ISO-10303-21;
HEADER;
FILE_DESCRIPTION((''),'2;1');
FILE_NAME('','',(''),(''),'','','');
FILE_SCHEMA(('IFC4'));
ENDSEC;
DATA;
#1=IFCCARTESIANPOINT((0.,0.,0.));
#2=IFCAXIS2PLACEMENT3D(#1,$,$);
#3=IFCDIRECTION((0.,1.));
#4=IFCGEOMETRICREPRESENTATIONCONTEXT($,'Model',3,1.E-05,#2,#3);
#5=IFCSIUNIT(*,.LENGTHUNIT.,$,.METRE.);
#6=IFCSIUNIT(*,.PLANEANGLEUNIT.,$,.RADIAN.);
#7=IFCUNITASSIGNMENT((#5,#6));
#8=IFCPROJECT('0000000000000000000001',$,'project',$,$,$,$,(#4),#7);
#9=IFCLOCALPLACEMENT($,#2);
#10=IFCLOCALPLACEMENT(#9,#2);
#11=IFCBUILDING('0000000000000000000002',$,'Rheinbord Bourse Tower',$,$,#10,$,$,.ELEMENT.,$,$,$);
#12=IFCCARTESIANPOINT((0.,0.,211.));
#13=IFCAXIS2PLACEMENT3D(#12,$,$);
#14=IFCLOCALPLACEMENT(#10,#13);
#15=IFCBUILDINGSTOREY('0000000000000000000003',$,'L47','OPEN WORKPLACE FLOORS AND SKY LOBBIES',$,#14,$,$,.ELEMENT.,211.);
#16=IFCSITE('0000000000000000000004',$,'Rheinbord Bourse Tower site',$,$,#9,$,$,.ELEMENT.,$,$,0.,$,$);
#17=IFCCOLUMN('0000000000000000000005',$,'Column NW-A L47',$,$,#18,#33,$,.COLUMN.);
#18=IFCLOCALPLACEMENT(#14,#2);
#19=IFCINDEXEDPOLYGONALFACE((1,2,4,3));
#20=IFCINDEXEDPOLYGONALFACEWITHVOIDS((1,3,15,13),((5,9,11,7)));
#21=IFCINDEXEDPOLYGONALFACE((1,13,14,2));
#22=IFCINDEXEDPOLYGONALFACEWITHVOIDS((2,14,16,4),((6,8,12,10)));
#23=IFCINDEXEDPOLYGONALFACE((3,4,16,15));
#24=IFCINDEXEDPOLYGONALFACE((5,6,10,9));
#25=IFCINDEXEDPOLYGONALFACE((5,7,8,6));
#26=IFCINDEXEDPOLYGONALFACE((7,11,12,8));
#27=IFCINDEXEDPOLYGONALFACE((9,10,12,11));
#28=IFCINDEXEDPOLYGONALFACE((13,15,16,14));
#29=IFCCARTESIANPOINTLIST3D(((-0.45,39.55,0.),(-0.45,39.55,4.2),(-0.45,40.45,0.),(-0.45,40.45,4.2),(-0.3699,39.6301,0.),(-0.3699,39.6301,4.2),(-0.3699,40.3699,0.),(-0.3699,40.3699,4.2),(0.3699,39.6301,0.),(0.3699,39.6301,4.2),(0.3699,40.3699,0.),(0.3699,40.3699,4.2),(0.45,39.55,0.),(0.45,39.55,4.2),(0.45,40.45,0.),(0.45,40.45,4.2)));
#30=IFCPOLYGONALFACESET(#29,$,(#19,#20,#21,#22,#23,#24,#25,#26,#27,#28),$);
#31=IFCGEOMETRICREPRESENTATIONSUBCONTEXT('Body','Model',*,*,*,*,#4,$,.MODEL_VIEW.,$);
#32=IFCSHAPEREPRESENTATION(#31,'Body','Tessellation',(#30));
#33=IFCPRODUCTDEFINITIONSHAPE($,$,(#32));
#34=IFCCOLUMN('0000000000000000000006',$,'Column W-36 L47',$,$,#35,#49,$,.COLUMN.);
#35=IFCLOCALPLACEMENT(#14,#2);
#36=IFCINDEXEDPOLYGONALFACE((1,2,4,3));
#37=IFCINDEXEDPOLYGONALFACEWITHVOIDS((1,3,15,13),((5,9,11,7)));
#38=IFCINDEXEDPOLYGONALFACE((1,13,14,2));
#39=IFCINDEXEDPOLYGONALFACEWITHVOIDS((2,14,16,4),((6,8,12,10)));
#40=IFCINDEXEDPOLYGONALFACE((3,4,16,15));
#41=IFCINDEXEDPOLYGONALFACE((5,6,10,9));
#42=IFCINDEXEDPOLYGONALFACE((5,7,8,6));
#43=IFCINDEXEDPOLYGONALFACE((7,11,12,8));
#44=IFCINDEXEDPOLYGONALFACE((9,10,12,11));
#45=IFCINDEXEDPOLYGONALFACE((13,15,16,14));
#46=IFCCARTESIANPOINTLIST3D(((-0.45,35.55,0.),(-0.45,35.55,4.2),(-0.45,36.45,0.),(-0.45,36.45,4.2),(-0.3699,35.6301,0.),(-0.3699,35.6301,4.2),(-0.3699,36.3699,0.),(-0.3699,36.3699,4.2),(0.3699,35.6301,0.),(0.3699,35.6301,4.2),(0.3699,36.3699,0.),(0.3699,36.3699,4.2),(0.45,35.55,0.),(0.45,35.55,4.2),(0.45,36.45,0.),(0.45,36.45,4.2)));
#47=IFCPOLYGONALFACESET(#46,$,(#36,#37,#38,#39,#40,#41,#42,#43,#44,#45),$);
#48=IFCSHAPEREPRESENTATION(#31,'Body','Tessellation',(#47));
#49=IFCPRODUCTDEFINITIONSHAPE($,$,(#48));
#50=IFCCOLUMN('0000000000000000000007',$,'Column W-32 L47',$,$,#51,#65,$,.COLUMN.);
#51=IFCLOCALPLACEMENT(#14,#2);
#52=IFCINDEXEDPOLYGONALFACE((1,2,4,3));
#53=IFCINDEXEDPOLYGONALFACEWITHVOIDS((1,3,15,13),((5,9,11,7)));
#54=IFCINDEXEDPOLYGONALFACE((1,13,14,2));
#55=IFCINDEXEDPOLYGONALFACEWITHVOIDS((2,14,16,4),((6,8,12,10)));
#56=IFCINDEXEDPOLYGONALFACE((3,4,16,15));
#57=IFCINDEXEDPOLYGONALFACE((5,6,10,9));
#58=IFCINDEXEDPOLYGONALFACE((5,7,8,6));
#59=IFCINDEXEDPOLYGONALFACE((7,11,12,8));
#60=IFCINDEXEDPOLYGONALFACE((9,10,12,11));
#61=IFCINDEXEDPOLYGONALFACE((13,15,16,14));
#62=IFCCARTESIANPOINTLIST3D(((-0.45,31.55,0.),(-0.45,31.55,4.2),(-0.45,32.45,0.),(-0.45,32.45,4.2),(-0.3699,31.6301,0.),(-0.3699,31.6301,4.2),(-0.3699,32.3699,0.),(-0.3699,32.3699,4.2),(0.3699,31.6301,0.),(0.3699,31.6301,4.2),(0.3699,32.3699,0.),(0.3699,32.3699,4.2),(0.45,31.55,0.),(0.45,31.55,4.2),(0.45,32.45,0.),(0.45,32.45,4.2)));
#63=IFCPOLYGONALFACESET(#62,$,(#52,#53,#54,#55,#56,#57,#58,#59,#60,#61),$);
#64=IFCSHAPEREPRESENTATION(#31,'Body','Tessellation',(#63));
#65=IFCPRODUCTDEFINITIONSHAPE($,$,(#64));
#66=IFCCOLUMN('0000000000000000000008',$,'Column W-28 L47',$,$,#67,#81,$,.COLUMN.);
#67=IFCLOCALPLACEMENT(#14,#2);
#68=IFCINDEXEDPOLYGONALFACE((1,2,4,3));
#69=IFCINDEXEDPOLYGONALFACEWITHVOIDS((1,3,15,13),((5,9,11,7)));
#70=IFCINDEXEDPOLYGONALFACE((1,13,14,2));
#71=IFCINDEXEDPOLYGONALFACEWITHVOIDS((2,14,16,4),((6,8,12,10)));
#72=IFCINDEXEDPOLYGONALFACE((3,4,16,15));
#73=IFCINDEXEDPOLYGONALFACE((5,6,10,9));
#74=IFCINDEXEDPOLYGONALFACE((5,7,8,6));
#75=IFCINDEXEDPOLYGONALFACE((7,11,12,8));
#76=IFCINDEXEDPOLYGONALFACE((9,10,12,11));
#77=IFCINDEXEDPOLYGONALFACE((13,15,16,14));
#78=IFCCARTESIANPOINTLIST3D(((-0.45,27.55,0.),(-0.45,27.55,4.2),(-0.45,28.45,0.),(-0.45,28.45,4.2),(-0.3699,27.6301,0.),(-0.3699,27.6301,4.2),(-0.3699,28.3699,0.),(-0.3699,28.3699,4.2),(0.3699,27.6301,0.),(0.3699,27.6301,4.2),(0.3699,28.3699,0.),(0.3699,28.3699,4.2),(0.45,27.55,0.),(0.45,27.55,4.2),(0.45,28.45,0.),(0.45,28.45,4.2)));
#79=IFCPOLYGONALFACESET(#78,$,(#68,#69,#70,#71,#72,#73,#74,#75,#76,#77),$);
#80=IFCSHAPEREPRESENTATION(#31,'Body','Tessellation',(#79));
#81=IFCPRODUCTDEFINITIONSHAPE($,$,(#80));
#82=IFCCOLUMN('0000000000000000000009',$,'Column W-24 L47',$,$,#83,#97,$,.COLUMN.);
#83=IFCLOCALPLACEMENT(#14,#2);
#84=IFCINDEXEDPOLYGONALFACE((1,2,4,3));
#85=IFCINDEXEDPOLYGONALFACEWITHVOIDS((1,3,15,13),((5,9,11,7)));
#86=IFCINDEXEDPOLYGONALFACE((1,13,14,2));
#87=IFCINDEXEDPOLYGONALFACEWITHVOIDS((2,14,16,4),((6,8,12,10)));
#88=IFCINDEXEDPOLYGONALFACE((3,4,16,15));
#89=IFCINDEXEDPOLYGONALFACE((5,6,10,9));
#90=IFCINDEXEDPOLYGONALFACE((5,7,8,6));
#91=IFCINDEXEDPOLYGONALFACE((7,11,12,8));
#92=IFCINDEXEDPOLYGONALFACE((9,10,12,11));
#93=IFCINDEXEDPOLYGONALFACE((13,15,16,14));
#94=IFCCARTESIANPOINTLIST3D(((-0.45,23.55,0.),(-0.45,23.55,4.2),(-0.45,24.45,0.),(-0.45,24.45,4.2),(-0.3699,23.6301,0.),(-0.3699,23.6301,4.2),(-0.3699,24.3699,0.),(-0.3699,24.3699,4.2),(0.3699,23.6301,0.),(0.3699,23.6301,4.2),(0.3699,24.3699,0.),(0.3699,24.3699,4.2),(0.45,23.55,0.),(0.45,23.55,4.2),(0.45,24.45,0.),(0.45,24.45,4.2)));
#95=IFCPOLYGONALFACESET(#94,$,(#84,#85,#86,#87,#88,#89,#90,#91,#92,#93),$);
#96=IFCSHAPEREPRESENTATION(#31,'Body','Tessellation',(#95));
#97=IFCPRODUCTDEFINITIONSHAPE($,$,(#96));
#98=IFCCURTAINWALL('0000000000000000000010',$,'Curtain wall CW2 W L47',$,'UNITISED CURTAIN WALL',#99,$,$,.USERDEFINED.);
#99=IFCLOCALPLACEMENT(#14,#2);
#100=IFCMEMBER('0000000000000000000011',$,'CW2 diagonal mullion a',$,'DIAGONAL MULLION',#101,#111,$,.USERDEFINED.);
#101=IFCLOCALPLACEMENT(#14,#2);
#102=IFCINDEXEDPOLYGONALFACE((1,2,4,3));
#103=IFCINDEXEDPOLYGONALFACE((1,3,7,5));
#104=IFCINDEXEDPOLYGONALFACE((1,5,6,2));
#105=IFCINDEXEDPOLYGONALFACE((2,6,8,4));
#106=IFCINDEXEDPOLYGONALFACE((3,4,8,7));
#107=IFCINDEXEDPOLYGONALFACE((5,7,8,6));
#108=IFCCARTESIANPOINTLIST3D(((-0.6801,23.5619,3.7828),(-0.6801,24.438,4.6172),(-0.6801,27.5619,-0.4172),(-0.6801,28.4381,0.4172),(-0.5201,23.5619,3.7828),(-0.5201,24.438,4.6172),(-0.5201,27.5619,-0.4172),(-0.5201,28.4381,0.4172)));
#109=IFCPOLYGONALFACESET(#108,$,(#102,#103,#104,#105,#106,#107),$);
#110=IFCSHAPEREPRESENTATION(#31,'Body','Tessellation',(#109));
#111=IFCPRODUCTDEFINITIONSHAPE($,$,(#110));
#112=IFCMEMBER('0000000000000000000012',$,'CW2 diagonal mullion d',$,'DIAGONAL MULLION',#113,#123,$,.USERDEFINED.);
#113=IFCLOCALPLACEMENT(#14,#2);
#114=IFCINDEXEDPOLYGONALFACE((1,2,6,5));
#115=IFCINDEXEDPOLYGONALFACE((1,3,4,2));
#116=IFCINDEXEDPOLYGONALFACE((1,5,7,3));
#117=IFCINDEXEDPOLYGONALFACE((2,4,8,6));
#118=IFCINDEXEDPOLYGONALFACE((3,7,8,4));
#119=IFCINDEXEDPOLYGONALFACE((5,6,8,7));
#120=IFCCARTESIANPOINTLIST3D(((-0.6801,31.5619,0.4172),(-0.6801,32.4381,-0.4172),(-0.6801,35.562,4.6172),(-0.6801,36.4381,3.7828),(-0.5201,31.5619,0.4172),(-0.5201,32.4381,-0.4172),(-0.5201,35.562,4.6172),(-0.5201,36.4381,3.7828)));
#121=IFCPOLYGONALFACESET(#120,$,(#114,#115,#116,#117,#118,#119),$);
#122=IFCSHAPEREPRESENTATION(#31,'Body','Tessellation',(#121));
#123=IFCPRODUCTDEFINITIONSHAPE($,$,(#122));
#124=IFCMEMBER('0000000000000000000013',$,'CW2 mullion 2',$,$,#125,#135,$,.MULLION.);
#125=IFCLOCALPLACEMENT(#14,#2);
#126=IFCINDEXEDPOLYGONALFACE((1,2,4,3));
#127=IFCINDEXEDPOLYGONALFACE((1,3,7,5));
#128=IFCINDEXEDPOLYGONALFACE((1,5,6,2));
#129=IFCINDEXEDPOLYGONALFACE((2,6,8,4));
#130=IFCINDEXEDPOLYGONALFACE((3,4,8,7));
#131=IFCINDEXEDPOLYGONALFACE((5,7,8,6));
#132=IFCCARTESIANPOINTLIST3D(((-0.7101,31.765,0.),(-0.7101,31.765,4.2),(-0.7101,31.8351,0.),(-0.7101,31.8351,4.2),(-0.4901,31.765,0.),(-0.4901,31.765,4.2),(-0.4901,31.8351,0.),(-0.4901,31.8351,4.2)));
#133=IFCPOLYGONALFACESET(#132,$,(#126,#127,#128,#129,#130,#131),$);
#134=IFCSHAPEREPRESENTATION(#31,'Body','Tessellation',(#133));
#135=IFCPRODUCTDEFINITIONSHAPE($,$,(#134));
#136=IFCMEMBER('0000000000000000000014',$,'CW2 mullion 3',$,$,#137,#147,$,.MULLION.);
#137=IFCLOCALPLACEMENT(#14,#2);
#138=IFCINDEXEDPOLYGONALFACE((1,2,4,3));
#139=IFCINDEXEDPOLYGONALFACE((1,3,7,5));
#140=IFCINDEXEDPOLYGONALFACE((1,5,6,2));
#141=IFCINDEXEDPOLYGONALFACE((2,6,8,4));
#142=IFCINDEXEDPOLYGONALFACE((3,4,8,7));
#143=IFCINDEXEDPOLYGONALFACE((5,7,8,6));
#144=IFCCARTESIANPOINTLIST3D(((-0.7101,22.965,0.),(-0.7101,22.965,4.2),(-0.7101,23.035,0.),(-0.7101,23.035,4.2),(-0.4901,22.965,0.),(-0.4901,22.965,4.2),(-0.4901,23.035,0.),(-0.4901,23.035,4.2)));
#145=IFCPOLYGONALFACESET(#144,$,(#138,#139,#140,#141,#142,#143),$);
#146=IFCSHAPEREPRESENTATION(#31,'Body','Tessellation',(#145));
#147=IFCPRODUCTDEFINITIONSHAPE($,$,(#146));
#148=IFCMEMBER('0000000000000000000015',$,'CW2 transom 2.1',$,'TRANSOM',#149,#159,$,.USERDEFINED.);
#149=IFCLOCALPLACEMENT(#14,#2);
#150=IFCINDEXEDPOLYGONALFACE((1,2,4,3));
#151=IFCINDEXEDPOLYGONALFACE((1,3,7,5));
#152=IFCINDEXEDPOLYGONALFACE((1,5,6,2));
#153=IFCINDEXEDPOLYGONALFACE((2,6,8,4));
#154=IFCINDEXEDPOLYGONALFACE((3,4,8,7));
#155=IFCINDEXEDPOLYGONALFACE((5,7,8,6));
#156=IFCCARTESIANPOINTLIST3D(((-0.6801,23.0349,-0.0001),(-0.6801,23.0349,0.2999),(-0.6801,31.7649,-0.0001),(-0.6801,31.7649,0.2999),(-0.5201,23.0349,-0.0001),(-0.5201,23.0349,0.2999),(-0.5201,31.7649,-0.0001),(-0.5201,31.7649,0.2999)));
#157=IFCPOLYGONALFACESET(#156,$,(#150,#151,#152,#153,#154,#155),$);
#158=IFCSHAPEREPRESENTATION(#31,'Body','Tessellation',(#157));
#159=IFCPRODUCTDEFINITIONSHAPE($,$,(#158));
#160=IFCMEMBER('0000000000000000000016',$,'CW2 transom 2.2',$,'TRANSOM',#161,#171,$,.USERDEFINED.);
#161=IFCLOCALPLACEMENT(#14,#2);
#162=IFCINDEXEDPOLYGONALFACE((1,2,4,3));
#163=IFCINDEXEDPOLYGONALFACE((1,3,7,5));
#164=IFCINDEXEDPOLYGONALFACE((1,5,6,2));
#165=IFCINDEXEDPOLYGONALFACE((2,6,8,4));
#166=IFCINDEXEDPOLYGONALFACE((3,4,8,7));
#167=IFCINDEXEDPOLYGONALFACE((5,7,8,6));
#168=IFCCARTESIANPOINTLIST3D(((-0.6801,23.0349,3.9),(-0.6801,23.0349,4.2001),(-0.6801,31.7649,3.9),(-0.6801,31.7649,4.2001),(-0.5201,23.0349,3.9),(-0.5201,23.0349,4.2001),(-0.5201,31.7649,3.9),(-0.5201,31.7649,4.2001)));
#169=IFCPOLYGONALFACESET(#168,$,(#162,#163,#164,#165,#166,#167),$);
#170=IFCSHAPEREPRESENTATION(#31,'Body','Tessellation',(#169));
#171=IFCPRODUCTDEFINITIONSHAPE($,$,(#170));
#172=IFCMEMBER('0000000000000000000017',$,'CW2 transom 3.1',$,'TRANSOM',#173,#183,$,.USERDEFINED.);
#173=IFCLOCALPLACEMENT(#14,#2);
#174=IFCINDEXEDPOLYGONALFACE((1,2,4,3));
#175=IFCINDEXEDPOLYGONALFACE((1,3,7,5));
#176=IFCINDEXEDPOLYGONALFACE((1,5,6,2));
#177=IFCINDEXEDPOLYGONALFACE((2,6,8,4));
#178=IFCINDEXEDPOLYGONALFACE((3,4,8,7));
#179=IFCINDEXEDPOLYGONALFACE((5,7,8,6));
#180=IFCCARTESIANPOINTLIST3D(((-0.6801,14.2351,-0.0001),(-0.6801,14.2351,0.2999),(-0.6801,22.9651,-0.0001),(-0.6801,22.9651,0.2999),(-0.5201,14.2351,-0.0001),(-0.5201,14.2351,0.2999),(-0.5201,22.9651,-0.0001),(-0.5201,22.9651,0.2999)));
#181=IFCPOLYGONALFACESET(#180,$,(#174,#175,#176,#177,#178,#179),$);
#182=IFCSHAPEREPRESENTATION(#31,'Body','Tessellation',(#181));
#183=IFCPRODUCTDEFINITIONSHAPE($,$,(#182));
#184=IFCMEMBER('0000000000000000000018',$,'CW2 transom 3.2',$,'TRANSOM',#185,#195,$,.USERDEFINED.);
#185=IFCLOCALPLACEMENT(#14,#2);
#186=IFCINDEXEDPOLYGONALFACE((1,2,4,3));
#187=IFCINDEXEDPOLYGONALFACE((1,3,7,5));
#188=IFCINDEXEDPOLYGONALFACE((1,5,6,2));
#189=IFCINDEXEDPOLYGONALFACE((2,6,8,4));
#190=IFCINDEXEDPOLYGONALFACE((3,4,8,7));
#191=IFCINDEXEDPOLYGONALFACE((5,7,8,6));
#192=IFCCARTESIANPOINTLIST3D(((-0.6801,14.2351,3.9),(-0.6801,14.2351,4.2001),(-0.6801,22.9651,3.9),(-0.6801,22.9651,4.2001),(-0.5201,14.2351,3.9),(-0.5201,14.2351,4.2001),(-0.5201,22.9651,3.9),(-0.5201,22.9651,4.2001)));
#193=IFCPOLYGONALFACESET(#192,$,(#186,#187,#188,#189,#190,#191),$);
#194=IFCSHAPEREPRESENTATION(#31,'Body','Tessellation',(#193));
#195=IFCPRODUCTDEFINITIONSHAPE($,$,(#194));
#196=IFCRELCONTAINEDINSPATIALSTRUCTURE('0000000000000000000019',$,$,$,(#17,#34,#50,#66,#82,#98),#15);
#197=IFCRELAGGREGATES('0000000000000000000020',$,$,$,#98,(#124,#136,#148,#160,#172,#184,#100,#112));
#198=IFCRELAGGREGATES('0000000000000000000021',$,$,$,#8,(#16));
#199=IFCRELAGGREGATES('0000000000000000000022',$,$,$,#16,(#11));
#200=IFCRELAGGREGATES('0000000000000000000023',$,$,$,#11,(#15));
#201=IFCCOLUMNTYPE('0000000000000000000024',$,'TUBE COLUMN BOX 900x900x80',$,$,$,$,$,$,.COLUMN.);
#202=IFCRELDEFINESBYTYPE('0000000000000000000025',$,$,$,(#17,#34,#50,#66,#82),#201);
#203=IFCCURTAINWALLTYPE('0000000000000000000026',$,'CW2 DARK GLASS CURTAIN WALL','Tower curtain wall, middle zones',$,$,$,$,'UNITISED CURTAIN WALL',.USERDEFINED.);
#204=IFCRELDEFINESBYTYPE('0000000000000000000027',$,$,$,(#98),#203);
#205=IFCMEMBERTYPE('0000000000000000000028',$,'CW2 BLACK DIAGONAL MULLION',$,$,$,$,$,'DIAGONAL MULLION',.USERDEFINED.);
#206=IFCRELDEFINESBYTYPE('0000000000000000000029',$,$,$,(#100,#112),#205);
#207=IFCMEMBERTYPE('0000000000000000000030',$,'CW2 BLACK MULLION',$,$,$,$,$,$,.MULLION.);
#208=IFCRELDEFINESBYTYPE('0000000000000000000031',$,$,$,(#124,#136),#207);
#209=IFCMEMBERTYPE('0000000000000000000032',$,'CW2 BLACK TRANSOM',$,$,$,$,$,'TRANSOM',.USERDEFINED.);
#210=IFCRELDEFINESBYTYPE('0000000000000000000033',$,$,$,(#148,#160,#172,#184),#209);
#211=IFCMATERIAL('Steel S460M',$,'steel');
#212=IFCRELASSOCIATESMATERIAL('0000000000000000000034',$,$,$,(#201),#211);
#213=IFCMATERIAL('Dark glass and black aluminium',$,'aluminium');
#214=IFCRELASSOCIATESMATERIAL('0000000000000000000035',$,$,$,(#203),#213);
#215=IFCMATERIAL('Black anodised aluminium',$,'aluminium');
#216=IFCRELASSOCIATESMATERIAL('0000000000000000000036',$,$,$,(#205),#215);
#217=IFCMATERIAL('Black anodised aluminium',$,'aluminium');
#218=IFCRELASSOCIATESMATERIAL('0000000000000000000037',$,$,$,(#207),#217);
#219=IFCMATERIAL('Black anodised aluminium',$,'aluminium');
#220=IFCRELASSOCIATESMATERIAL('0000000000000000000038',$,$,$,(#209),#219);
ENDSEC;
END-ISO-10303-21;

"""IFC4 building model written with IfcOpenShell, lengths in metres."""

from ifc_helpers import new_model, si_unit, direction, frame, origin, origin_2d, place, context, subcontext, project, spatial, rectangle, hollow_rectangle, extrude, material, material_profile, profile_set, type_object, element, aggregate, save


model = new_model("IFC4")

# Units and contexts
model_context = context("Model", 3, precision=1e-05, world=origin(), true_north=direction((0.0, 1.0)))
body_context = subcontext(model_context, "Body", "Model", "MODEL_VIEW")
ifc_project = project(units=[si_unit("LENGTHUNIT", "METRE"), si_unit("PLANEANGLEUNIT", "RADIAN")], contexts=[model_context])

# Site, building, storey
site_placement = place(None, origin())
site = spatial("IfcSite", under=ifc_project, at=site_placement, Name="Rheinbord Bourse Tower site", CompositionType="ELEMENT", RefElevation=0.0)
building_placement = place(site_placement, origin())
building = spatial("IfcBuilding", under=site, at=building_placement, Name="Rheinbord Bourse Tower", CompositionType="ELEMENT")
storey_placement = place(building_placement, frame((0.0, 0.0, 211.0)))
storey = spatial("IfcBuildingStorey", under=building, at=storey_placement, Name="L47", Description="OPEN WORKPLACE FLOORS AND SKY LOBBIES", CompositionType="ELEMENT", Elevation=211.0)

# Columns
ifc_material_1 = material(Name="Steel S460M", Category="steel")
ifc_material_profile_1 = material_profile(ifc_material_1, hollow_rectangle(XDim=0.8999, YDim=0.8999, WallThickness=0.0801, at=origin_2d()), Name="BOX 900x900x80")
ifc_profile_set_1 = profile_set([ifc_material_profile_1], Name="Steel S460M")
column_type = type_object("IfcColumnType", Name="TUBE COLUMN BOX 900x900x80", PredefinedType="COLUMN", material=ifc_profile_set_1)
for number, where, z_axis, x_axis, name in (
    (1, (0.0, 40.0, 0.0), (0.0, 0.0, 1.0), (1.0, 0.0, 0.0), "Column NW-A L47"),
    (2, (0.0, 36.0, 0.0), (0.0, 0.0, 1.0), (1.0, 0.0, 0.0), "Column W-36 L47"),
    (3, (0.0, 32.0, 0.0), (0.0, 0.0, 1.0), (1.0, 0.0, 0.0), "Column W-32 L47"),
    (4, (0.0, 28.0, 0.0), (0.0, 0.0, 1.0), (1.0, 0.0, 0.0), "Column W-28 L47"),
    (5, (0.0, 24.0, 0.0), (0.0, 0.0, 1.0), (1.0, 0.0, 0.0), "Column W-24 L47"),
):
    element("IfcColumn", number, at=place(storey_placement, frame(where, z_axis=z_axis, x_axis=x_axis)), inside=storey, type_object=column_type, Name=name, PredefinedType="COLUMN", context=body_context, shape_type="SweptSolid", body=[
        extrude(hollow_rectangle(XDim=0.8999, YDim=0.8999, WallThickness=0.0801, at=origin_2d()), origin(), (0.0, 0.0, 1.0), 4.2),
    ])

# Curtain wall, members
ifc_material_2 = material(Name="Dark glass and black aluminium", Category="aluminium")
curtain_wall_type = type_object("IfcCurtainWallType", Name="CW2 DARK GLASS CURTAIN WALL", Description="Tower curtain wall, middle zones", ElementType="UNITISED CURTAIN WALL", PredefinedType="USERDEFINED", material=ifc_material_2)
curtain_wall_placement = place(storey_placement, origin())
curtain_wall = element("IfcCurtainWall", 6, at=curtain_wall_placement, inside=storey, type_object=curtain_wall_type, Name="Curtain wall CW2 W L47", ObjectType="UNITISED CURTAIN WALL", PredefinedType="USERDEFINED")
ifc_material_3 = material(Name="Black anodised aluminium", Category="aluminium")
ifc_material_profile_2 = material_profile(ifc_material_3, rectangle(XDim=0.1599, YDim=1.21, at=origin_2d()), Name="CW2 DIAGONAL MULLION 1210x160")
ifc_profile_set_2 = profile_set([ifc_material_profile_2], Name="Black anodised aluminium")
member_type_1 = type_object("IfcMemberType", Name="CW2 BLACK DIAGONAL MULLION", ElementType="DIAGONAL MULLION", PredefinedType="USERDEFINED", material=ifc_profile_set_2)
member_1_placement = place(storey_placement, frame((-0.6001, 28.0, 0.0), z_axis=(0.0, -0.689659, 0.724134), x_axis=(1.0, 0.0, 0.0)))
member_1 = element("IfcMember", 7, at=member_1_placement, type_object=member_type_1, Name="CW2 diagonal mullion a", ObjectType="DIAGONAL MULLION", PredefinedType="USERDEFINED", context=body_context, shape_type="SweptSolid", body=[
    extrude(rectangle(XDim=0.1599, YDim=1.21, at=origin_2d()), origin(), (0.0, 0.0, 1.0), 5.8),
])
member_2_placement = place(storey_placement, frame((-0.6001, 32.0, 0.0), z_axis=(0.0, 0.689659, 0.724134), x_axis=(-1.0, 0.0, 0.0)))
member_2 = element("IfcMember", 8, at=member_2_placement, type_object=member_type_1, Name="CW2 diagonal mullion d", ObjectType="DIAGONAL MULLION", PredefinedType="USERDEFINED", context=body_context, shape_type="SweptSolid", body=[
    extrude(rectangle(XDim=0.1599, YDim=1.21, at=origin_2d()), origin(), (0.0, 0.0, 1.0), 5.8),
])
ifc_material_4 = material(Name="Black anodised aluminium", Category="aluminium")
ifc_material_profile_3 = material_profile(ifc_material_4, rectangle(XDim=0.22, YDim=0.0701, at=origin_2d()), Name="CW2 MULLION 70x220")
ifc_profile_set_3 = profile_set([ifc_material_profile_3], Name="Black anodised aluminium")
member_type_2 = type_object("IfcMemberType", Name="CW2 BLACK MULLION", PredefinedType="MULLION", material=ifc_profile_set_3)
member_3_placement = place(storey_placement, frame((-0.6001, 31.8, 0.0), z_axis=(0.0, 0.0, 1.0), x_axis=(1.0, 0.0, 0.0)))
member_3 = element("IfcMember", 9, at=member_3_placement, type_object=member_type_2, Name="CW2 mullion 2", PredefinedType="MULLION", context=body_context, shape_type="SweptSolid", body=[
    extrude(rectangle(XDim=0.22, YDim=0.0701, at=origin_2d()), origin(), (0.0, 0.0, 1.0), 4.2),
])
member_4_placement = place(storey_placement, frame((-0.6001, 23.0, 0.0), z_axis=(0.0, 0.0, 1.0), x_axis=(1.0, 0.0, 0.0)))
member_4 = element("IfcMember", 10, at=member_4_placement, type_object=member_type_2, Name="CW2 mullion 3", PredefinedType="MULLION", context=body_context, shape_type="SweptSolid", body=[
    extrude(rectangle(XDim=0.22, YDim=0.0701, at=origin_2d()), origin(), (0.0, 0.0, 1.0), 4.2),
])
ifc_material_5 = material(Name="Black anodised aluminium", Category="aluminium")
ifc_material_profile_4 = material_profile(ifc_material_5, rectangle(XDim=0.1599, YDim=0.3, at=origin_2d()), Name="CW2 TRANSOM 300x160")
ifc_profile_set_4 = profile_set([ifc_material_profile_4], Name="Black anodised aluminium")
member_type_3 = type_object("IfcMemberType", Name="CW2 BLACK TRANSOM", ElementType="TRANSOM", PredefinedType="USERDEFINED", material=ifc_profile_set_4)
member_5_placement = place(storey_placement, frame((-0.6001, 31.7649, 0.1499), z_axis=(0.0, -1.0, 0.0), x_axis=(1.0, 0.0, 0.0)))
member_5 = element("IfcMember", 11, at=member_5_placement, type_object=member_type_3, Name="CW2 transom 2.1", ObjectType="TRANSOM", PredefinedType="USERDEFINED", context=body_context, shape_type="SweptSolid", body=[
    extrude(rectangle(XDim=0.1599, YDim=0.3, at=origin_2d()), origin(), (0.0, 0.0, 1.0), 8.73),
])
member_6_placement = place(storey_placement, frame((-0.6001, 31.7649, 4.05), z_axis=(0.0, -1.0, 0.0), x_axis=(1.0, 0.0, 0.0)))
member_6 = element("IfcMember", 12, at=member_6_placement, type_object=member_type_3, Name="CW2 transom 2.2", ObjectType="TRANSOM", PredefinedType="USERDEFINED", context=body_context, shape_type="SweptSolid", body=[
    extrude(rectangle(XDim=0.1599, YDim=0.3, at=origin_2d()), origin(), (0.0, 0.0, 1.0), 8.73),
])
member_7_placement = place(storey_placement, frame((-0.6001, 22.9651, 0.1499), z_axis=(0.0, -1.0, 0.0), x_axis=(1.0, 0.0, 0.0)))
member_7 = element("IfcMember", 13, at=member_7_placement, type_object=member_type_3, Name="CW2 transom 3.1", ObjectType="TRANSOM", PredefinedType="USERDEFINED", context=body_context, shape_type="SweptSolid", body=[
    extrude(rectangle(XDim=0.1599, YDim=0.3, at=origin_2d()), origin(), (0.0, 0.0, 1.0), 8.73),
])
member_8_placement = place(storey_placement, frame((-0.6001, 22.9651, 4.05), z_axis=(0.0, -1.0, 0.0), x_axis=(1.0, 0.0, 0.0)))
member_8 = element("IfcMember", 14, at=member_8_placement, type_object=member_type_3, Name="CW2 transom 3.2", ObjectType="TRANSOM", PredefinedType="USERDEFINED", context=body_context, shape_type="SweptSolid", body=[
    extrude(rectangle(XDim=0.1599, YDim=0.3, at=origin_2d()), origin(), (0.0, 0.0, 1.0), 8.73),
])

aggregate(curtain_wall, [member_3, member_4, member_5, member_6, member_7, member_8, member_1, member_2])

save(model, "model.ifc")
